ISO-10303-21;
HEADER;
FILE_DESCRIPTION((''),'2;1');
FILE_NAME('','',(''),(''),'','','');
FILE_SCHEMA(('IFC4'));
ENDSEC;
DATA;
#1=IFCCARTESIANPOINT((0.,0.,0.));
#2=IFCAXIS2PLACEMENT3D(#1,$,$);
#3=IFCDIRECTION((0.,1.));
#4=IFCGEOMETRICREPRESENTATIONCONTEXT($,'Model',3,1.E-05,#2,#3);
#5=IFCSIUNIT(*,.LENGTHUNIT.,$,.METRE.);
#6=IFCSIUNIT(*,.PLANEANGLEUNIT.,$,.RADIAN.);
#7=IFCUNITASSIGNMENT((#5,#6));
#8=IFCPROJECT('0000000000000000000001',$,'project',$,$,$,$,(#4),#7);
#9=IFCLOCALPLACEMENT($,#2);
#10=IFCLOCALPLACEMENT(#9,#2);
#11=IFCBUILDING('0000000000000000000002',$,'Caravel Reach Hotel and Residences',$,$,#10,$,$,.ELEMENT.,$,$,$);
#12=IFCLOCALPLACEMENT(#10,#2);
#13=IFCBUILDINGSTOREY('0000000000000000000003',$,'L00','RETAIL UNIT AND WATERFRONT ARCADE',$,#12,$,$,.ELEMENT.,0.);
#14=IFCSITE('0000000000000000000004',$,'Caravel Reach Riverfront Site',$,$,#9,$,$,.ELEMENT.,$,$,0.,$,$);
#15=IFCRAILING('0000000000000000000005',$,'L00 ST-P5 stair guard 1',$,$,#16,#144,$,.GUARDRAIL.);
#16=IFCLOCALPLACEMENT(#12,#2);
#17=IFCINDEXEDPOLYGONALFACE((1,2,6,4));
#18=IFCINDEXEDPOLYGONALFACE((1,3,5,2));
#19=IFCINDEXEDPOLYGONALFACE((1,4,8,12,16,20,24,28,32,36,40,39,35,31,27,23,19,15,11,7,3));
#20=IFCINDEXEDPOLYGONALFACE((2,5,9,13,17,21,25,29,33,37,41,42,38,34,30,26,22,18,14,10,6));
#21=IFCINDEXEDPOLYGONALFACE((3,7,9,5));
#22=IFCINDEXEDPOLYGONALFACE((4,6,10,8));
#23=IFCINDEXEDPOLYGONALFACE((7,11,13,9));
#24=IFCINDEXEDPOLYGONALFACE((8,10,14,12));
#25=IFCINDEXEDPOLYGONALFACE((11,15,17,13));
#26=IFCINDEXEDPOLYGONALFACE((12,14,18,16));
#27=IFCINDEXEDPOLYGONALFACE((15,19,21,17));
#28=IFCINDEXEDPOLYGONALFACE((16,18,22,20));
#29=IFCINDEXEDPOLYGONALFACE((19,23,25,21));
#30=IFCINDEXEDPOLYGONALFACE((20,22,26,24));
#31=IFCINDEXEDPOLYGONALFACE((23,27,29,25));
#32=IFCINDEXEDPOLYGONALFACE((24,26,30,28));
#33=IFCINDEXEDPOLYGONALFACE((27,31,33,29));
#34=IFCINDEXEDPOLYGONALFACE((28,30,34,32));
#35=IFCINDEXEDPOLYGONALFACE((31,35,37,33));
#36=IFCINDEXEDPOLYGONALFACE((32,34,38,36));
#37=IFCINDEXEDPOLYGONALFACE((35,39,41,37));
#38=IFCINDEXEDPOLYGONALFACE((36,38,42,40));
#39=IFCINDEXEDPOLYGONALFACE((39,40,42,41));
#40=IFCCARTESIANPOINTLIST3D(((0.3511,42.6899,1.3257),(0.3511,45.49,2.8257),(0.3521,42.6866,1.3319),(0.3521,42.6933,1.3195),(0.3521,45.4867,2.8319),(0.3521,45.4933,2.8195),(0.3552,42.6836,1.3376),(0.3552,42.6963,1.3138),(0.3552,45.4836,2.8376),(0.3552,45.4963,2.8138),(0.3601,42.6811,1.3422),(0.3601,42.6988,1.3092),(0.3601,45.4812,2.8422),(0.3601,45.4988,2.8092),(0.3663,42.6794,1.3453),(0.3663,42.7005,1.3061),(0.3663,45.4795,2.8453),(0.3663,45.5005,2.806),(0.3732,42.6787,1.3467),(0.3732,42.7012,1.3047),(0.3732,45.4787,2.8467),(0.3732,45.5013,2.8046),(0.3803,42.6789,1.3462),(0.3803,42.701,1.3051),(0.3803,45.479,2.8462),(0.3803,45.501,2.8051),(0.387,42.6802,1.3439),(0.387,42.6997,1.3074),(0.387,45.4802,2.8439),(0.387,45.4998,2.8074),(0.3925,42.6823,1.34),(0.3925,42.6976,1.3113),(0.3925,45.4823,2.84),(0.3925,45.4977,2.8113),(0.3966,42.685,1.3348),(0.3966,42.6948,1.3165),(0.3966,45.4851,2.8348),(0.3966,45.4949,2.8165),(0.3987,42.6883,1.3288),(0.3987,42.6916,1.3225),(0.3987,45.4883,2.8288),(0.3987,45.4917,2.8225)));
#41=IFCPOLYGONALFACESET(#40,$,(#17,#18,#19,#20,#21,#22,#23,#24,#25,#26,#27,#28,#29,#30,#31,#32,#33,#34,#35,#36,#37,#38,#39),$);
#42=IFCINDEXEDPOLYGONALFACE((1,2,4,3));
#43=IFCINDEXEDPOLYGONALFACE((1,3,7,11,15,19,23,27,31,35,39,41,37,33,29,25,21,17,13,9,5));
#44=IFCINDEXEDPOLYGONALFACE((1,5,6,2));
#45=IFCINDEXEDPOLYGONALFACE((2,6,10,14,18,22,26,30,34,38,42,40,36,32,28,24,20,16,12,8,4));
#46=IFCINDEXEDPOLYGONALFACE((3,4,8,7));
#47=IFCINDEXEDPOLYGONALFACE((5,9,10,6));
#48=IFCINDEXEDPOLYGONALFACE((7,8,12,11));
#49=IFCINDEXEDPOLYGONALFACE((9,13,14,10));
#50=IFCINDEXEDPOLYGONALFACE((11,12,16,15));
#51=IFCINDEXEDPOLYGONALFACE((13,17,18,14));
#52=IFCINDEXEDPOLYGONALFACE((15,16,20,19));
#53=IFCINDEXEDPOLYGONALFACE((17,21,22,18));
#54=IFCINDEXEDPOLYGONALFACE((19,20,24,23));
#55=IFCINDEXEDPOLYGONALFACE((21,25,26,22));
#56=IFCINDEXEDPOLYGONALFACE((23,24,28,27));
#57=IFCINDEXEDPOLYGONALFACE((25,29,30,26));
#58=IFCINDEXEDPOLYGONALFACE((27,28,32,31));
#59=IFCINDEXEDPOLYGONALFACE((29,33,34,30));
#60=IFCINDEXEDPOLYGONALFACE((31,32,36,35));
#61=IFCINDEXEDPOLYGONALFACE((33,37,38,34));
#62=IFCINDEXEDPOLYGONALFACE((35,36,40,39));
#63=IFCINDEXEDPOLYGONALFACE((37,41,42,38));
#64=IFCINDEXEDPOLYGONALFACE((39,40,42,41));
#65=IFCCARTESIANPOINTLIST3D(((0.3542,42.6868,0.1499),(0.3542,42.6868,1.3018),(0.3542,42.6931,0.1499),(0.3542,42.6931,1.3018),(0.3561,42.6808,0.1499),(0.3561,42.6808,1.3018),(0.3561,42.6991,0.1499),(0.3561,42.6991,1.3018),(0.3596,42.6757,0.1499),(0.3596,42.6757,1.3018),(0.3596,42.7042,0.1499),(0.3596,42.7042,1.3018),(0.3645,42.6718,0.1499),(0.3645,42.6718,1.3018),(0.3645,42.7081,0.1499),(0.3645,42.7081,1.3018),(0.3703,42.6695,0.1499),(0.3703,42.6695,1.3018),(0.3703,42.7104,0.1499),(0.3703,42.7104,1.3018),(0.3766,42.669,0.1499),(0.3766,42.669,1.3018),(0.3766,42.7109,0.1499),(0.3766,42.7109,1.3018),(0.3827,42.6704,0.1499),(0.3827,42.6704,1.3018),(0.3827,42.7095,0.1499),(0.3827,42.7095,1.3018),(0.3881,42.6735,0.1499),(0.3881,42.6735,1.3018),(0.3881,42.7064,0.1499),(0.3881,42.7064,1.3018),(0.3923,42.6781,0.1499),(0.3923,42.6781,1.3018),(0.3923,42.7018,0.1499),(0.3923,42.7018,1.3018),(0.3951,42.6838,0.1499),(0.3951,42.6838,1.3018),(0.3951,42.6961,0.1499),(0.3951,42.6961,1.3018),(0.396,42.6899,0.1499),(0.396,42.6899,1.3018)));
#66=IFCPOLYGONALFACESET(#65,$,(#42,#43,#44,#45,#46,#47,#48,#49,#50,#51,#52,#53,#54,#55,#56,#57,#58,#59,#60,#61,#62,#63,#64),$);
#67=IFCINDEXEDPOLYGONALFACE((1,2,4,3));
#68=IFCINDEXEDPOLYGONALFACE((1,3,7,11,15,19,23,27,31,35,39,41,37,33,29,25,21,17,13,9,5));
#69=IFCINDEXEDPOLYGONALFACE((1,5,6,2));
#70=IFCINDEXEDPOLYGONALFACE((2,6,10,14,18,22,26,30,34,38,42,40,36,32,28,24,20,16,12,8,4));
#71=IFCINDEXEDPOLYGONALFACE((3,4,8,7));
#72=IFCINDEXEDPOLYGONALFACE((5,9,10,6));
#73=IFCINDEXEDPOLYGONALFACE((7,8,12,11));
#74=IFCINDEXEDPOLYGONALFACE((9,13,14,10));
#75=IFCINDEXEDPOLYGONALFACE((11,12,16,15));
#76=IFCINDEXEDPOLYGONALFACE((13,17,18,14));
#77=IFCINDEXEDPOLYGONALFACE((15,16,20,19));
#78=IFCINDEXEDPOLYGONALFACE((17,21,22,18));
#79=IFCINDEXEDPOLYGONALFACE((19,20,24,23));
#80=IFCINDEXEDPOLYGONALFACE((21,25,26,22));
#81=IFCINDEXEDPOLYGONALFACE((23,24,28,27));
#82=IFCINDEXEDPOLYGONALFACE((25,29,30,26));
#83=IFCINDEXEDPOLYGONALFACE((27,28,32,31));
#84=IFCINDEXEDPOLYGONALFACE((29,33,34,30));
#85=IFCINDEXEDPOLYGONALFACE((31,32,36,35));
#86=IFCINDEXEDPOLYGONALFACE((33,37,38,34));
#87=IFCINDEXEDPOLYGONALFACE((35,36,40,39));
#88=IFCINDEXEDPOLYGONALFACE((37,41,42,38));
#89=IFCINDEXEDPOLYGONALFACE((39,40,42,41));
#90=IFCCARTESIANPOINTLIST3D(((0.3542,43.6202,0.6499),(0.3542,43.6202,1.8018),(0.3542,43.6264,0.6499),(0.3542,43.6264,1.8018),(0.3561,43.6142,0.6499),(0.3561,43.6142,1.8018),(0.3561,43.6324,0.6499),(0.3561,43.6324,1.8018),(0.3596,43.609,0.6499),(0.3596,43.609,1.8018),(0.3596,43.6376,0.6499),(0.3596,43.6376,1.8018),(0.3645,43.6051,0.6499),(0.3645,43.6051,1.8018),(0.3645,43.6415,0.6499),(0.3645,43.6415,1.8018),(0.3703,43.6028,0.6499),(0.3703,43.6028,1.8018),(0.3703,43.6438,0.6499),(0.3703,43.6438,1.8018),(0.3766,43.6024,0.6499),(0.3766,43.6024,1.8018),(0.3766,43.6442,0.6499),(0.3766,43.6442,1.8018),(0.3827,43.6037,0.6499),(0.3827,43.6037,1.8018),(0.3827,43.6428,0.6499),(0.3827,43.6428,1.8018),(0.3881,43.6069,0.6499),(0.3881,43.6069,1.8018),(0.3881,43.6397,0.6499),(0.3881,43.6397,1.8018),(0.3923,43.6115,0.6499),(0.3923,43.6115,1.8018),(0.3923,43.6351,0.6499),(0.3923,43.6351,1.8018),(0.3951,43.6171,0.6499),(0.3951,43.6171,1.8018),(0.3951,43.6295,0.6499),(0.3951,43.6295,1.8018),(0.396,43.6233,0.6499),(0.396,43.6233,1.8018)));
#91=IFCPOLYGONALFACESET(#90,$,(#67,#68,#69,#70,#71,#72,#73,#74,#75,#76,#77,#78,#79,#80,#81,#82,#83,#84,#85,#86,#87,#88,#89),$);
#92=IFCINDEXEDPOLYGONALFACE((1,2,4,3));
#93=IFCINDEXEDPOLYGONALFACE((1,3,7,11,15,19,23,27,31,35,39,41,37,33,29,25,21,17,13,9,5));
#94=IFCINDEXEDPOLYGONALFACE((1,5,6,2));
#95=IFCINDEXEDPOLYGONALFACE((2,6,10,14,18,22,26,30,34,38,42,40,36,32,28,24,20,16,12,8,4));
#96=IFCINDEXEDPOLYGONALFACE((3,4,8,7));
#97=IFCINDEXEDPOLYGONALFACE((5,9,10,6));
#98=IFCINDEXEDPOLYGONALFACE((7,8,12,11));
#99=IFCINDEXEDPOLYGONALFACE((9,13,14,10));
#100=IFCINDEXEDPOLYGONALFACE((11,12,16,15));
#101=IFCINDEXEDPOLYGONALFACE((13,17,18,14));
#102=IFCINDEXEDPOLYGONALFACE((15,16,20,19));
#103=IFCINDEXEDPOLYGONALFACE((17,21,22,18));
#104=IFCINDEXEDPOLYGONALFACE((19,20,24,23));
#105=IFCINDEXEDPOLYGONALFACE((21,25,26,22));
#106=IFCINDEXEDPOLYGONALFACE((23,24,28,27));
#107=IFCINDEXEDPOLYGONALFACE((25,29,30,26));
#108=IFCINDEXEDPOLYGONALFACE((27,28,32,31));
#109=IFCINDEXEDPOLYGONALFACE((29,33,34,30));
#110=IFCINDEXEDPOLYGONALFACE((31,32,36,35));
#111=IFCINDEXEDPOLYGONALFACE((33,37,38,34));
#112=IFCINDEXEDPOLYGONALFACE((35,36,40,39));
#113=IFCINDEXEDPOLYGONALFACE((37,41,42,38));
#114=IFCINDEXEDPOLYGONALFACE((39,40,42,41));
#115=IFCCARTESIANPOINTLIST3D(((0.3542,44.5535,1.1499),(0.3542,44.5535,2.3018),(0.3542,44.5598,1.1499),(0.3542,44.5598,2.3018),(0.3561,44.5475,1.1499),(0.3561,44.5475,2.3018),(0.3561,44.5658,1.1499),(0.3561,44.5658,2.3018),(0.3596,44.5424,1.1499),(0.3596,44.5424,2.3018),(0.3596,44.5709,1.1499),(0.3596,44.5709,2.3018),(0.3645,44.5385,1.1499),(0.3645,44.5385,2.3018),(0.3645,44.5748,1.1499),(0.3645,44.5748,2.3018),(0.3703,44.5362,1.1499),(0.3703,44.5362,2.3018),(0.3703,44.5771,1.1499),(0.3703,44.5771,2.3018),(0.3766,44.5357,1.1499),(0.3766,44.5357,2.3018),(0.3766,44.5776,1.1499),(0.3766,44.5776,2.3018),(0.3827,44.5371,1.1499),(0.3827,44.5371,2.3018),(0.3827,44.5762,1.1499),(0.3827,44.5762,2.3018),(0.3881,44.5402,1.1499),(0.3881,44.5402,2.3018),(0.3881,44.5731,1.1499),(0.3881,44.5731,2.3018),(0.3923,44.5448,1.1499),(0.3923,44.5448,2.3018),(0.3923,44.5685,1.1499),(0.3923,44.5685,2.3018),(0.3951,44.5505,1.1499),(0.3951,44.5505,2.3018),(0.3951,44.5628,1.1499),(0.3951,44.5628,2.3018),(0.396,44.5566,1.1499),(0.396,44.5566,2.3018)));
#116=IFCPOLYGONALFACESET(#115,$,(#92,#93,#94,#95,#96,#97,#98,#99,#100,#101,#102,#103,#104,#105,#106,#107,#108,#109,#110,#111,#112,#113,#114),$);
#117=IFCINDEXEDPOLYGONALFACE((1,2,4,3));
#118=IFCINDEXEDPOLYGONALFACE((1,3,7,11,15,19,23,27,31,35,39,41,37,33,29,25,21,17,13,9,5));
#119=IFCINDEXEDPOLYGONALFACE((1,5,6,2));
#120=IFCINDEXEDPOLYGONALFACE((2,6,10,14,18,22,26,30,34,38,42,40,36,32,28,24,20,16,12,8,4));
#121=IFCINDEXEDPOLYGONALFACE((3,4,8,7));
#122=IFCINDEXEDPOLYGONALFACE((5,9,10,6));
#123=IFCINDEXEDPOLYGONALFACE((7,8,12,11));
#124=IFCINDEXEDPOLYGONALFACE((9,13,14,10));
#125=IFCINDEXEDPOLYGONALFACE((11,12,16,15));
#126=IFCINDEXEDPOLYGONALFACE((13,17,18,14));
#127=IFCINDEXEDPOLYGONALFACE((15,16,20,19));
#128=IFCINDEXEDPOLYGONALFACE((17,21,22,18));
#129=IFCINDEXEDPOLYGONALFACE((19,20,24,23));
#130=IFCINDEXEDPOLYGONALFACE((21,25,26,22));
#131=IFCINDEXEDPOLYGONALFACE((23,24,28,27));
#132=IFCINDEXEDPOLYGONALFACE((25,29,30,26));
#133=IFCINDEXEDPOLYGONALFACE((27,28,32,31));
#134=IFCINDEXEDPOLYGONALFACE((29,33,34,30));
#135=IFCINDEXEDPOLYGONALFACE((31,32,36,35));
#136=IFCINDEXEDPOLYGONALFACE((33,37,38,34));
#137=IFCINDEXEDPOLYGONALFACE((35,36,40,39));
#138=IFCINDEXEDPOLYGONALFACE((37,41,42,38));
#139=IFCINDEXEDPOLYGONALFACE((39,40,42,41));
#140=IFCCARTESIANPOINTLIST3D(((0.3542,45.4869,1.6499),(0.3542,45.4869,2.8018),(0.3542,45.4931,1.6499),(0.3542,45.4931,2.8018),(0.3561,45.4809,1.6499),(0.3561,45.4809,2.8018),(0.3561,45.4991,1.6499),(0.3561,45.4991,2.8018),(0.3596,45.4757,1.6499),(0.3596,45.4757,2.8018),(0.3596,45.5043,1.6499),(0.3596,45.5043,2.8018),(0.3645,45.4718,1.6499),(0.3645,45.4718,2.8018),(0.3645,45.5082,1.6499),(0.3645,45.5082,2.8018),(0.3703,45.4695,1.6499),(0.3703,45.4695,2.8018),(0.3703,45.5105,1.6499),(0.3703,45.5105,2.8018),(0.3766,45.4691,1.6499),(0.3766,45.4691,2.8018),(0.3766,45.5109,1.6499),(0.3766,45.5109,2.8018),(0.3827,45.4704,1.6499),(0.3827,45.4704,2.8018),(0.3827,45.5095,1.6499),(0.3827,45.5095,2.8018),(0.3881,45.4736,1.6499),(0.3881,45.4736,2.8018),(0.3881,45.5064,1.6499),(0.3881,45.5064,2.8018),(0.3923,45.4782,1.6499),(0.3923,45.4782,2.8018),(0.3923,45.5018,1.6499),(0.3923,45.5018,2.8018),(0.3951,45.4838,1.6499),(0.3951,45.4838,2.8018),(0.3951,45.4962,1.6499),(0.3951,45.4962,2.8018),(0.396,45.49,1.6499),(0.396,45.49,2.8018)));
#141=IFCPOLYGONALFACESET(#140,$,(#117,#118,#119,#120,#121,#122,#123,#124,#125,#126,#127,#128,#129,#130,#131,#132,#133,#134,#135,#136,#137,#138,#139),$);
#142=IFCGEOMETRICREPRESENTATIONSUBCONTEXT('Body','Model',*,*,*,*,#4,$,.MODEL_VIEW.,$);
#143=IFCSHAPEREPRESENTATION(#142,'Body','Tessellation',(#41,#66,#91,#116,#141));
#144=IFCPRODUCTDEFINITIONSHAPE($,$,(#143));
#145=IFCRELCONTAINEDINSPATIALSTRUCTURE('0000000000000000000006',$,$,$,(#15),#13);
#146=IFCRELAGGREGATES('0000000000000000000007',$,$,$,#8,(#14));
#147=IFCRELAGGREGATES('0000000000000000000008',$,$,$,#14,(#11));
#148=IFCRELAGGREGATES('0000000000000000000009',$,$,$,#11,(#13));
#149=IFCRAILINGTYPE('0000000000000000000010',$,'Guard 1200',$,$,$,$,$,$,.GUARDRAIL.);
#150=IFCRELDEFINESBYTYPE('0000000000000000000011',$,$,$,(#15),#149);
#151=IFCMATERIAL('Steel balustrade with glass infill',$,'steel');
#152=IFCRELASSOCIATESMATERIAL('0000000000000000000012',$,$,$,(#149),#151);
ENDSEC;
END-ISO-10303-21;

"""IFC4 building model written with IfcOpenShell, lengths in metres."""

from ifc_helpers import new_model, si_unit, direction, frame, origin, origin_2d, place, context, subcontext, project, spatial, circle, extrude, material, type_object, element, save


model = new_model("IFC4")

# Units and contexts
model_context = context("Model", 3, precision=1e-05, world=origin(), true_north=direction((0.0, 1.0)))
body_context = subcontext(model_context, "Body", "Model", "MODEL_VIEW")
ifc_project = project(units=[si_unit("LENGTHUNIT", "METRE"), si_unit("PLANEANGLEUNIT", "RADIAN")], contexts=[model_context])

# Site, building, storey
site_placement = place(None, origin())
site = spatial("IfcSite", under=ifc_project, at=site_placement, Name="Caravel Reach Riverfront Site", CompositionType="ELEMENT", RefElevation=0.0)
building_placement = place(site_placement, origin())
building = spatial("IfcBuilding", under=site, at=building_placement, Name="Caravel Reach Hotel and Residences", CompositionType="ELEMENT")
storey_placement = place(building_placement, origin())
storey = spatial("IfcBuildingStorey", under=building, at=storey_placement, Name="L00", Description="RETAIL UNIT AND WATERFRONT ARCADE", CompositionType="ELEMENT", Elevation=0.0)

# Railing
ifc_material_1 = material(Name="Steel balustrade with glass infill", Category="steel")
railing_type_1 = type_object("IfcRailingType", Name="Guard 1200", PredefinedType="GUARDRAIL", material=ifc_material_1)
railing_1_placement = place(storey_placement, frame((0.375, 42.6899, 0.1499)))
element("IfcRailing", 1, at=railing_1_placement, inside=storey, type_object=railing_type_1, Name="L00 ST-P5 stair guard 1", PredefinedType="GUARDRAIL", context=body_context, shape_type="SweptSolid", body=[
    extrude(circle(Radius=0.0239, at=origin_2d()), frame((0.0, 0.0, 1.1758), z_axis=(0.0, 0.881483, 0.472215), x_axis=(-1.0, 0.0, 0.0)), (0.0, 0.0, 1.0), 3.1765),
    extrude(circle(Radius=0.021, at=origin_2d()), origin(), (0.0, 0.0, 1.0), 1.1519),
    extrude(circle(Radius=0.021, at=origin_2d()), frame((0.0, 0.9333, 0.5)), (0.0, 0.0, 1.0), 1.1519),
    extrude(circle(Radius=0.021, at=origin_2d()), frame((0.0, 1.8667, 1.0)), (0.0, 0.0, 1.0), 1.1519),
    extrude(circle(Radius=0.021, at=origin_2d()), frame((0.0, 2.8, 1.5)), (0.0, 0.0, 1.0), 1.1519),
])

save(model, "model.ifc")
